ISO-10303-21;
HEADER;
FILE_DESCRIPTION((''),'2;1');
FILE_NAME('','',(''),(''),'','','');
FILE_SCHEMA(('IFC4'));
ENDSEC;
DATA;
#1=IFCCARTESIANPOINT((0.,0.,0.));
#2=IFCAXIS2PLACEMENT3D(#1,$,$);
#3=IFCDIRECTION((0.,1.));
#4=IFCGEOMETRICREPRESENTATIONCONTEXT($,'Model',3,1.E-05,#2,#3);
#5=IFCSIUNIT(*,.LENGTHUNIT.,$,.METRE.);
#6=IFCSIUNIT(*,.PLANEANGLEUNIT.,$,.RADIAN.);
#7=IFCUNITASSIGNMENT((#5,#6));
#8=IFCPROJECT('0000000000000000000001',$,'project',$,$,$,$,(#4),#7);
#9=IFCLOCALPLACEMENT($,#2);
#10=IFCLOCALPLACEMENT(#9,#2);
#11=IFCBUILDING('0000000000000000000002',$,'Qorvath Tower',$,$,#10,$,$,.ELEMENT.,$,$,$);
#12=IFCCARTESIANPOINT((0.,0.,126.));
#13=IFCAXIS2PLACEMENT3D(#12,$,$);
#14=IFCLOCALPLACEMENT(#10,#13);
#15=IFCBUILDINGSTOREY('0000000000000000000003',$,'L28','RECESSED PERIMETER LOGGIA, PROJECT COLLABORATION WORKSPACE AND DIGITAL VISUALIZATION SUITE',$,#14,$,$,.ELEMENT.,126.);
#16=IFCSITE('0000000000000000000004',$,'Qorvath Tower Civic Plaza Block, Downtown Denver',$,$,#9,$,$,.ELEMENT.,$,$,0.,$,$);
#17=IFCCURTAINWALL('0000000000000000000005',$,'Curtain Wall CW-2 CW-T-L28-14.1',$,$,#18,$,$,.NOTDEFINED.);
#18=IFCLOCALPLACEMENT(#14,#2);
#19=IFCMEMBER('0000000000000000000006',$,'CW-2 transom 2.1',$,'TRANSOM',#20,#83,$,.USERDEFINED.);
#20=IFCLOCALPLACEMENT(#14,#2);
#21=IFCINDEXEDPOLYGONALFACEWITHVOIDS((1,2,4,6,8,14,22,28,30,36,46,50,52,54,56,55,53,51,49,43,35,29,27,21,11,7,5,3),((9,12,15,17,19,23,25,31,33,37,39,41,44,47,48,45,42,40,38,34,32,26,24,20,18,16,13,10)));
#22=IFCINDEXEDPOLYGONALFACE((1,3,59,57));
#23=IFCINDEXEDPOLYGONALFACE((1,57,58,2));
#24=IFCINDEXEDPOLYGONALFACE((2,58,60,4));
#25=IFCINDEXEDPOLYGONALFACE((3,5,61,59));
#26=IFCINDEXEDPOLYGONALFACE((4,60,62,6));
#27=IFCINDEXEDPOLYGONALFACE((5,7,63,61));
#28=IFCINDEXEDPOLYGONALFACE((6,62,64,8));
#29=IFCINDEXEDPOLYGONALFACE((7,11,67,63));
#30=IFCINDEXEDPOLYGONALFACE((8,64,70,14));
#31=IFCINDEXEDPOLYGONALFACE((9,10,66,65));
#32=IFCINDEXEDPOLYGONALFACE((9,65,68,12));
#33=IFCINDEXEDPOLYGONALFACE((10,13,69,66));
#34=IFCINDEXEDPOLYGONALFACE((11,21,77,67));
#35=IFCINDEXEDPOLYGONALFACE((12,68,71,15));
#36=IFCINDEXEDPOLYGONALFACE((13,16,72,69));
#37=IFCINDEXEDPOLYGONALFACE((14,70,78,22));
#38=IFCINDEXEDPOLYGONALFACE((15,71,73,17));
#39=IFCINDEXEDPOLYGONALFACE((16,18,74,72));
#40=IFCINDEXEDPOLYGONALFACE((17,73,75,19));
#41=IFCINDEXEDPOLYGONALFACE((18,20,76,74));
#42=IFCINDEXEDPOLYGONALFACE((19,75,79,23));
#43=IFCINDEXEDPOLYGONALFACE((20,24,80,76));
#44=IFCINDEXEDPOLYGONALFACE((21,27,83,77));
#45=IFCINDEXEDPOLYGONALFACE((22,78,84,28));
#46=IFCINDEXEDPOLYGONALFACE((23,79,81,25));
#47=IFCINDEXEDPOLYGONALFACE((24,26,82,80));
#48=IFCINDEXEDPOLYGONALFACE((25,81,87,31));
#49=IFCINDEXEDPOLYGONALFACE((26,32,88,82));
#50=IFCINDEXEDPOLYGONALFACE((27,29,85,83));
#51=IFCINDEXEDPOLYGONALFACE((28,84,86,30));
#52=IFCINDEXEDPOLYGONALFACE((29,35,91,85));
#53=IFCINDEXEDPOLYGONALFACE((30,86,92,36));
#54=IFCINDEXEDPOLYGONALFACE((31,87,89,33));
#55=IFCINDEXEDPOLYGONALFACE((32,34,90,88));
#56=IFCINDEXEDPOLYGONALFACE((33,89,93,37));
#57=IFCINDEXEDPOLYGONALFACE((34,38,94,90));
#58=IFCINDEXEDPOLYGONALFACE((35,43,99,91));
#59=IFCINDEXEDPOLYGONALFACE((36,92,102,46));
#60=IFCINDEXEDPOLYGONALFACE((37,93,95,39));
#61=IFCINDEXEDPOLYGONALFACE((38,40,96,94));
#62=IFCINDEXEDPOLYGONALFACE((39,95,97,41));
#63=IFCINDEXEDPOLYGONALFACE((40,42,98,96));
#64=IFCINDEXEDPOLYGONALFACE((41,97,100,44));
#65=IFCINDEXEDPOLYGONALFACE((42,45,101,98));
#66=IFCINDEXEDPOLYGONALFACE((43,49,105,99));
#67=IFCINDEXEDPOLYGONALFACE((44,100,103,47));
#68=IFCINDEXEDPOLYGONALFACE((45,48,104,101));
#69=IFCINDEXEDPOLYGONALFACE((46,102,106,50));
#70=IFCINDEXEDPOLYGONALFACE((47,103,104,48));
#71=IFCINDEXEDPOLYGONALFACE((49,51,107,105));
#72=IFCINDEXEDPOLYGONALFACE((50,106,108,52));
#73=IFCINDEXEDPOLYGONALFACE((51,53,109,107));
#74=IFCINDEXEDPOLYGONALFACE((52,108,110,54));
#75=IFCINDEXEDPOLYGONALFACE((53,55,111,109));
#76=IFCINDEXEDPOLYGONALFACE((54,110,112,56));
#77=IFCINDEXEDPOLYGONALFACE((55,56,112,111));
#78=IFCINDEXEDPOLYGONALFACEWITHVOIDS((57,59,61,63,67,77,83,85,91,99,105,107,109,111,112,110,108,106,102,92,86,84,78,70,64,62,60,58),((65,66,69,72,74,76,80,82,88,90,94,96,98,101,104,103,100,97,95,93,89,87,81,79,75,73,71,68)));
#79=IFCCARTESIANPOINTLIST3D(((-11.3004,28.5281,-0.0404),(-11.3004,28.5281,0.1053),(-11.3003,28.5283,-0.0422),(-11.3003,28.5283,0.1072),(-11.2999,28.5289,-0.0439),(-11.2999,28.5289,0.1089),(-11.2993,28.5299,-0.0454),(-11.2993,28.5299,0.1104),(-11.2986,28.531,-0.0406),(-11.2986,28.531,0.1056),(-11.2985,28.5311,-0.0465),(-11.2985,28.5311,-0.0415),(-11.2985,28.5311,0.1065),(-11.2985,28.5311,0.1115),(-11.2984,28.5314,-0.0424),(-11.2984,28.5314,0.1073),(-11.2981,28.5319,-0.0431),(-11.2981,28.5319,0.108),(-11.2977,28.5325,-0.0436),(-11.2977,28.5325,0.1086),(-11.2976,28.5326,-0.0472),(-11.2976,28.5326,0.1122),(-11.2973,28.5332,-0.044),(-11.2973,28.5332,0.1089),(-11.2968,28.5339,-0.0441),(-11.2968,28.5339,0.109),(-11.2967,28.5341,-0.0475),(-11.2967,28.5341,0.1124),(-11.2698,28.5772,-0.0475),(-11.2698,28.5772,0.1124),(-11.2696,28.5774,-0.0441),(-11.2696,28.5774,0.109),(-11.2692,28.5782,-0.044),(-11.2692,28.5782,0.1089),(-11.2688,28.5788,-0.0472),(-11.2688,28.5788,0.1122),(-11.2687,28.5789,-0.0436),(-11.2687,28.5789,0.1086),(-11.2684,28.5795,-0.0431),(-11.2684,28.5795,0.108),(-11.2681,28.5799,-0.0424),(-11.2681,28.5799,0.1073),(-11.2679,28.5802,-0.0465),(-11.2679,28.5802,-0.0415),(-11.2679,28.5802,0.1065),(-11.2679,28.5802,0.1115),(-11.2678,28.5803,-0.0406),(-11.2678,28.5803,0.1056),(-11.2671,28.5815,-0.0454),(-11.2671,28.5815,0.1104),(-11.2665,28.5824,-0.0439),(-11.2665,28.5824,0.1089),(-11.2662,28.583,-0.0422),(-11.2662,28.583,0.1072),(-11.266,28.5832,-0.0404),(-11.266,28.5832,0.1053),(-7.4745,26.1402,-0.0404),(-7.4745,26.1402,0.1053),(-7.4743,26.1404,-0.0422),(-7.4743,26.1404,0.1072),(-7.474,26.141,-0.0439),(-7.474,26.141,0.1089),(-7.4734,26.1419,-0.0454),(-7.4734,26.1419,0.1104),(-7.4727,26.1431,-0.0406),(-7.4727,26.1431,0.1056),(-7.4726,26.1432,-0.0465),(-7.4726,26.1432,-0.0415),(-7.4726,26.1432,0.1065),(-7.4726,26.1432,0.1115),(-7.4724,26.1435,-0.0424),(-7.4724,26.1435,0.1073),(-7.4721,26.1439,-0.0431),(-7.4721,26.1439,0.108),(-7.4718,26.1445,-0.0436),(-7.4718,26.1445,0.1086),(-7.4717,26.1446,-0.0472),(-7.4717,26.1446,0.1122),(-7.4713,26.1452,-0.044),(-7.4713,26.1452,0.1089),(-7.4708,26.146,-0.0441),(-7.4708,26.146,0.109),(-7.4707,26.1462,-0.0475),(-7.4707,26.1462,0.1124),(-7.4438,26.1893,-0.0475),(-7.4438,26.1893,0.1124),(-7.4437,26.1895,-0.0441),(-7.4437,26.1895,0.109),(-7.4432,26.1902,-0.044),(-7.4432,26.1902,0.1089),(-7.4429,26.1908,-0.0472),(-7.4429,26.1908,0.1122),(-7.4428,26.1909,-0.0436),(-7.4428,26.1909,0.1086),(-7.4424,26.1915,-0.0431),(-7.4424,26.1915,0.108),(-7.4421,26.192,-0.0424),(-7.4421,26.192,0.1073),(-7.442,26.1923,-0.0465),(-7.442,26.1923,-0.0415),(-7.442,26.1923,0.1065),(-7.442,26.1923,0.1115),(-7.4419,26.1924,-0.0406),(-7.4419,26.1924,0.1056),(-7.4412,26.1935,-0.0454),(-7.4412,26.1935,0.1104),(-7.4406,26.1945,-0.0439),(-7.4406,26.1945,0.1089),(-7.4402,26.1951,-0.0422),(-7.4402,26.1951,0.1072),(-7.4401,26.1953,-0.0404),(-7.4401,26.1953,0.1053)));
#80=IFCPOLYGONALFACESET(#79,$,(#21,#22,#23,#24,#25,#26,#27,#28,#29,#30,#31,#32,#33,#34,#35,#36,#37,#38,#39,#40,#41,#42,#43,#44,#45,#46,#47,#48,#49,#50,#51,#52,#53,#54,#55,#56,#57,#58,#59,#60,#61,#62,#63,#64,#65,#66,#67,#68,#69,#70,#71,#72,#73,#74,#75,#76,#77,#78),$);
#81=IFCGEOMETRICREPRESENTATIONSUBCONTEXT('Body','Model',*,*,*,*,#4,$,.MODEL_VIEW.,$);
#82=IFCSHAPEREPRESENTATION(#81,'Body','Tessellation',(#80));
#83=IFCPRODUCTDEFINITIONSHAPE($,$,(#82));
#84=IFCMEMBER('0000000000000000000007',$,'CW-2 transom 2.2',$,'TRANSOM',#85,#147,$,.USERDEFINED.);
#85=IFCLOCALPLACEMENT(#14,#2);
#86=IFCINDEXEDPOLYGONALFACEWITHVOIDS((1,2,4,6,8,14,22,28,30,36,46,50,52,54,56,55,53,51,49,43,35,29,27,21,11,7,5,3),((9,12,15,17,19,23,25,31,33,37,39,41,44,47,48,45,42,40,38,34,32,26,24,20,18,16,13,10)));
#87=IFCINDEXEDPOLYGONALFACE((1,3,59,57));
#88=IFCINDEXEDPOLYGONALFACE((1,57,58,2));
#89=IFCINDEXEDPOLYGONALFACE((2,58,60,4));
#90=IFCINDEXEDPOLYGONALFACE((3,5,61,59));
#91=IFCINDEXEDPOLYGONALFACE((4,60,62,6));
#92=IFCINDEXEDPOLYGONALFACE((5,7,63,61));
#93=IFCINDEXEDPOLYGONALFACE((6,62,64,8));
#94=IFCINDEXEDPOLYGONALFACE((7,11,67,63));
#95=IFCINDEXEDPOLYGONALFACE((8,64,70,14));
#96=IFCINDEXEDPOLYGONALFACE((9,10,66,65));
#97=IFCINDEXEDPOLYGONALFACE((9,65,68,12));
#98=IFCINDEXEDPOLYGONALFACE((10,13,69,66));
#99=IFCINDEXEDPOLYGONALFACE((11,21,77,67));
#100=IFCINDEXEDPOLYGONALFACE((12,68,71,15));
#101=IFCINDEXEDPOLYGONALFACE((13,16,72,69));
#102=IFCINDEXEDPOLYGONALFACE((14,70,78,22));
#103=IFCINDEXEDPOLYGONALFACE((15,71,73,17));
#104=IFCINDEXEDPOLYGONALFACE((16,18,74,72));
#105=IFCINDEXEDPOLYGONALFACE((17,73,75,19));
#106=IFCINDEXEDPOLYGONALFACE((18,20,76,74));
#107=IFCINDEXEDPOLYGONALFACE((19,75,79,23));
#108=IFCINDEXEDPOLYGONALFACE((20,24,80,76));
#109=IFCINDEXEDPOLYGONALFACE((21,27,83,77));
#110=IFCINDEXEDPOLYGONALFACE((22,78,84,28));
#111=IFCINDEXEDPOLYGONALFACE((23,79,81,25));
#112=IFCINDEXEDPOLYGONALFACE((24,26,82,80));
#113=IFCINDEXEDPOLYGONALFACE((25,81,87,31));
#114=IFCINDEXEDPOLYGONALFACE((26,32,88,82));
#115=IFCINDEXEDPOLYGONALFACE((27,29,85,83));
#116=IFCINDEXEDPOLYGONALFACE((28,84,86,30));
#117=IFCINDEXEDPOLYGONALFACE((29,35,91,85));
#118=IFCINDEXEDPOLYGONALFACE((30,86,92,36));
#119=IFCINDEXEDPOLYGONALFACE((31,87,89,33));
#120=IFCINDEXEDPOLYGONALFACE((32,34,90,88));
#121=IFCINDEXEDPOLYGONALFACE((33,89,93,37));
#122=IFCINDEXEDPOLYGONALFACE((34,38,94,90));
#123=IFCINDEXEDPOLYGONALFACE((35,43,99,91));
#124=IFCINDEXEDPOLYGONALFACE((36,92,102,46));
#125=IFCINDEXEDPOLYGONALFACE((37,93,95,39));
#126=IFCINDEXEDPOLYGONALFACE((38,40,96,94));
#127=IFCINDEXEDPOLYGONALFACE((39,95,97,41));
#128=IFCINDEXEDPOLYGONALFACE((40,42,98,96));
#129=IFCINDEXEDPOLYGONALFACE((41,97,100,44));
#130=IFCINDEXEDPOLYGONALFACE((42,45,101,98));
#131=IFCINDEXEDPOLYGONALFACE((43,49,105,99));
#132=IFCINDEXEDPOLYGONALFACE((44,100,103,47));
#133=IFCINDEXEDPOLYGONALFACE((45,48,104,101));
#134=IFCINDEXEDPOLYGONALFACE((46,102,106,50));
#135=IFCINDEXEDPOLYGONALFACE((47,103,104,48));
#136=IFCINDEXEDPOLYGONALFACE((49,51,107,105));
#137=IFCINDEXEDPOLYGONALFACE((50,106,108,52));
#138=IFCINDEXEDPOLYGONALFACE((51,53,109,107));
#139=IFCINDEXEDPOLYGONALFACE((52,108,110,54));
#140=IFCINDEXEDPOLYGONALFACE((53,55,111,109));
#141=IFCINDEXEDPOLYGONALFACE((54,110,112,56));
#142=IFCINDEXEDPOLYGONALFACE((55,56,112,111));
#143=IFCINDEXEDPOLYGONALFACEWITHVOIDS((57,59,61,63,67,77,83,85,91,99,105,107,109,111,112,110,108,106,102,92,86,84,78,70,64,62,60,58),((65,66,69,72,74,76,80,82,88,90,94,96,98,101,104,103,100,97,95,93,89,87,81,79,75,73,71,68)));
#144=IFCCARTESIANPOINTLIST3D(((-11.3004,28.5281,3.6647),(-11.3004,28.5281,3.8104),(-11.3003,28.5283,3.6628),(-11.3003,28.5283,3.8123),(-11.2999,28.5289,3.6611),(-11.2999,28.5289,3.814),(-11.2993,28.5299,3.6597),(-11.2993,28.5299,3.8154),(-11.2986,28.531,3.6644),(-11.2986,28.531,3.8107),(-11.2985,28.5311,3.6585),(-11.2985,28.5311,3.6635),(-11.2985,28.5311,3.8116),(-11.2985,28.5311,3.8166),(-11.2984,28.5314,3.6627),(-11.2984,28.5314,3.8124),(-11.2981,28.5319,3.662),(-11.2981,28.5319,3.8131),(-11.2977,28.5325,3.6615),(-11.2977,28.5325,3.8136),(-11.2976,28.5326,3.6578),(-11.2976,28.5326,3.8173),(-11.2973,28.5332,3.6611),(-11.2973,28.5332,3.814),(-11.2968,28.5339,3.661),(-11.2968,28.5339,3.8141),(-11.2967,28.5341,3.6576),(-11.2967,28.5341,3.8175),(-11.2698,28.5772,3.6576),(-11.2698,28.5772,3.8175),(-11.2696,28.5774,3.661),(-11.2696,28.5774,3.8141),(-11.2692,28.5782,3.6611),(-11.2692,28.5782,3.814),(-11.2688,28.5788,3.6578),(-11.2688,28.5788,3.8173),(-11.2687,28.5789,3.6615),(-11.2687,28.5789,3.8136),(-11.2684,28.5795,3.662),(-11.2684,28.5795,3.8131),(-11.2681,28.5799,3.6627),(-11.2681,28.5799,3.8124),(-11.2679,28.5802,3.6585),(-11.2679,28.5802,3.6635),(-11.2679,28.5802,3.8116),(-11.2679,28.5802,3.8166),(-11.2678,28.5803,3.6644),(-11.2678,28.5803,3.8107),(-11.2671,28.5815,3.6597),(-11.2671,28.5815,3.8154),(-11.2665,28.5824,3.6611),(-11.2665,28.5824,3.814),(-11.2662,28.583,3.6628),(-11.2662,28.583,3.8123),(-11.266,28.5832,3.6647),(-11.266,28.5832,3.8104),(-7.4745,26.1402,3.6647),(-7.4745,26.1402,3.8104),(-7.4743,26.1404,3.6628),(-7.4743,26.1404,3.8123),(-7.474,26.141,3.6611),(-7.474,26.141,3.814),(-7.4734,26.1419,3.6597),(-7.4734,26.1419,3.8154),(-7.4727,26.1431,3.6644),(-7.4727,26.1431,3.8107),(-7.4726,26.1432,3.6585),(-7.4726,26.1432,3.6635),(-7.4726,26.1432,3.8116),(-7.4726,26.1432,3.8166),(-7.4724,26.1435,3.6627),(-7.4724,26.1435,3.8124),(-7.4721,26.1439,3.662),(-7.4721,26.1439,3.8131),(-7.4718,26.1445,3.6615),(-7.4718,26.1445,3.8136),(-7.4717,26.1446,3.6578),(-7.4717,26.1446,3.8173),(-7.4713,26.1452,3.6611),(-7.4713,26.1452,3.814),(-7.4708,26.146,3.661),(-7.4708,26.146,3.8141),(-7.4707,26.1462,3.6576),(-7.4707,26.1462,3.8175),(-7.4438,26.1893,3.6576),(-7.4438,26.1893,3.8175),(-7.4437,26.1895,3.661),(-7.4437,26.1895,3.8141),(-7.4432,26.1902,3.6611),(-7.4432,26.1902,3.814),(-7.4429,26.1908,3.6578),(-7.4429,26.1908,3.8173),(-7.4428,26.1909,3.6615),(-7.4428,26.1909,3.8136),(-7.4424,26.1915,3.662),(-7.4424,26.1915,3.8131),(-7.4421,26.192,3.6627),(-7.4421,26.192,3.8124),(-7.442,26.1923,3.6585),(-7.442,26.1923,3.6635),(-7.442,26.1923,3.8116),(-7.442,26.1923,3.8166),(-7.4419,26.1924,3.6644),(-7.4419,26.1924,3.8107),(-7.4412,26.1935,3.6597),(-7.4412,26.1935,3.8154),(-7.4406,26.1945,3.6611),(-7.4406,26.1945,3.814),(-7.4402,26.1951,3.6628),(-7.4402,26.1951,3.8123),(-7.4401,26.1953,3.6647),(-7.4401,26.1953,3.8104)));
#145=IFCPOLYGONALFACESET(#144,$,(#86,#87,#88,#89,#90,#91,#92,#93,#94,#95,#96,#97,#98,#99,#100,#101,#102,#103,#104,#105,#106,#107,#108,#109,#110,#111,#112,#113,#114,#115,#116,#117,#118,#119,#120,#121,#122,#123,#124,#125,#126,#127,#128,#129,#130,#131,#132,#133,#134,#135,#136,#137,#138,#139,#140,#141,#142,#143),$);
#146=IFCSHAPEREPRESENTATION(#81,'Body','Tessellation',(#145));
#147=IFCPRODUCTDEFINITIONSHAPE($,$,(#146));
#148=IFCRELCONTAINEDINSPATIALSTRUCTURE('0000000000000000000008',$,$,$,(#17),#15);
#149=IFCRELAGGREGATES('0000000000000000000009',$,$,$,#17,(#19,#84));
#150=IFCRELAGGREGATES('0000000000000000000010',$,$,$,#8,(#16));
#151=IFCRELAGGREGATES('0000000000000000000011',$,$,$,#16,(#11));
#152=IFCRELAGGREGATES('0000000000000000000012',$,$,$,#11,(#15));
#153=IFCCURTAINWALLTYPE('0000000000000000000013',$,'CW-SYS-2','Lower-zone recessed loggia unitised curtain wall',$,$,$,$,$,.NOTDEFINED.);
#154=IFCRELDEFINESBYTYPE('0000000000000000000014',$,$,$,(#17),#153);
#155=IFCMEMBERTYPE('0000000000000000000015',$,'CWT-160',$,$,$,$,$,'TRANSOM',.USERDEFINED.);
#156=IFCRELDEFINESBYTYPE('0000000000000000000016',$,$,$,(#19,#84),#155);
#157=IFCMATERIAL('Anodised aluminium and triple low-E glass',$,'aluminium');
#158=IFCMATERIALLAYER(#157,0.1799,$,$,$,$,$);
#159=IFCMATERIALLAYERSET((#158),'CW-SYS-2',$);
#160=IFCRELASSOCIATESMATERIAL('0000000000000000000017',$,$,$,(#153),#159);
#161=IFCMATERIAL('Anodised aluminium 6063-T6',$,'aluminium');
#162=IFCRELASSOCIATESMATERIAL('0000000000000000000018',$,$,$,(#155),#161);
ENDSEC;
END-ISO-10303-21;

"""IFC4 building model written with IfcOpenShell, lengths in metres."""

from ifc_helpers import new_model, si_unit, direction, frame, origin, origin_2d, place, context, subcontext, project, spatial, hollow_rectangle, extrude, material, layer, layer_set, material_profile, profile_set, type_object, element, aggregate, save


model = new_model("IFC4")

# Units and contexts
model_context = context("Model", 3, precision=1e-05, world=origin(), true_north=direction((0.0, 1.0)))
body_context = subcontext(model_context, "Body", "Model", "MODEL_VIEW")
ifc_project = project(units=[si_unit("LENGTHUNIT", "METRE"), si_unit("PLANEANGLEUNIT", "RADIAN")], contexts=[model_context])

# Site, building, storey
site_placement = place(None, origin())
site = spatial("IfcSite", under=ifc_project, at=site_placement, Name="Qorvath Tower Civic Plaza Block, Downtown Denver", CompositionType="ELEMENT", RefElevation=0.0)
building_placement = place(site_placement, origin())
building = spatial("IfcBuilding", under=site, at=building_placement, Name="Qorvath Tower", CompositionType="ELEMENT")
storey_placement = place(building_placement, frame((0.0, 0.0, 126.0)))
storey = spatial("IfcBuildingStorey", under=building, at=storey_placement, Name="L28", Description="RECESSED PERIMETER LOGGIA, PROJECT COLLABORATION WORKSPACE AND DIGITAL VISUALIZATION SUITE", CompositionType="ELEMENT", Elevation=126.0)

# Curtain wall
ifc_material_1 = material(Name="Anodised aluminium and triple low-E glass", Category="aluminium")
ifc_layer_1 = layer(ifc_material_1, 0.1799)
ifc_layer_set_1 = layer_set([ifc_layer_1], Name="CW-SYS-2")
curtain_wall_type = type_object("IfcCurtainWallType", Name="CW-SYS-2", Description="Lower-zone recessed loggia unitised curtain wall", PredefinedType="NOTDEFINED", material=ifc_layer_set_1)
curtain_wall_1_placement = place(storey_placement, origin())
curtain_wall_1 = element("IfcCurtainWall", 1, at=curtain_wall_1_placement, inside=storey, type_object=curtain_wall_type, Name="Curtain Wall CW-2 CW-T-L28-14.1", PredefinedType="NOTDEFINED")

# Members
ifc_material_2 = material(Name="Anodised aluminium 6063-T6", Category="aluminium")
ifc_material_profile_1 = material_profile(ifc_material_2, hollow_rectangle(XDim=0.0649, YDim=0.1599, WallThickness=0.0034, InnerFilletRadius=0.0034, OuterFilletRadius=0.0071, at=origin_2d()), Name="CWT 160x65")
ifc_profile_set_1 = profile_set([ifc_material_profile_1], Name="Anodised aluminium 6063-T6")
member_type_1 = type_object("IfcMemberType", Name="CWT-160", ElementType="TRANSOM", PredefinedType="USERDEFINED", material=ifc_profile_set_1)
member_1_placement = place(storey_placement, frame((-7.4573, 26.1677, 0.0325), z_axis=(-0.848324, 0.529478, 0.0), x_axis=(-0.529478, -0.848324, 0.0)))
member_1 = element("IfcMember", 2, at=member_1_placement, type_object=member_type_1, Name="CW-2 transom 2.1", ObjectType="TRANSOM", PredefinedType="USERDEFINED", context=body_context, shape_type="SweptSolid", body=[
    extrude(hollow_rectangle(XDim=0.0649, YDim=0.1599, WallThickness=0.0034, InnerFilletRadius=0.0034, OuterFilletRadius=0.0071, at=origin_2d()), origin(), (0.0, 0.0, 1.0), 4.51),
])
member_2_placement = place(storey_placement, frame((-7.4573, 26.1677, 3.7375), z_axis=(-0.848324, 0.529478, 0.0), x_axis=(-0.529478, -0.848324, 0.0)))
member_2 = element("IfcMember", 3, at=member_2_placement, type_object=member_type_1, Name="CW-2 transom 2.2", ObjectType="TRANSOM", PredefinedType="USERDEFINED", context=body_context, shape_type="SweptSolid", body=[
    extrude(hollow_rectangle(XDim=0.0649, YDim=0.1599, WallThickness=0.0034, InnerFilletRadius=0.0034, OuterFilletRadius=0.0071, at=origin_2d()), origin(), (0.0, 0.0, 1.0), 4.51),
])

aggregate(curtain_wall_1, [member_1, member_2])

save(model, "model.ifc")
